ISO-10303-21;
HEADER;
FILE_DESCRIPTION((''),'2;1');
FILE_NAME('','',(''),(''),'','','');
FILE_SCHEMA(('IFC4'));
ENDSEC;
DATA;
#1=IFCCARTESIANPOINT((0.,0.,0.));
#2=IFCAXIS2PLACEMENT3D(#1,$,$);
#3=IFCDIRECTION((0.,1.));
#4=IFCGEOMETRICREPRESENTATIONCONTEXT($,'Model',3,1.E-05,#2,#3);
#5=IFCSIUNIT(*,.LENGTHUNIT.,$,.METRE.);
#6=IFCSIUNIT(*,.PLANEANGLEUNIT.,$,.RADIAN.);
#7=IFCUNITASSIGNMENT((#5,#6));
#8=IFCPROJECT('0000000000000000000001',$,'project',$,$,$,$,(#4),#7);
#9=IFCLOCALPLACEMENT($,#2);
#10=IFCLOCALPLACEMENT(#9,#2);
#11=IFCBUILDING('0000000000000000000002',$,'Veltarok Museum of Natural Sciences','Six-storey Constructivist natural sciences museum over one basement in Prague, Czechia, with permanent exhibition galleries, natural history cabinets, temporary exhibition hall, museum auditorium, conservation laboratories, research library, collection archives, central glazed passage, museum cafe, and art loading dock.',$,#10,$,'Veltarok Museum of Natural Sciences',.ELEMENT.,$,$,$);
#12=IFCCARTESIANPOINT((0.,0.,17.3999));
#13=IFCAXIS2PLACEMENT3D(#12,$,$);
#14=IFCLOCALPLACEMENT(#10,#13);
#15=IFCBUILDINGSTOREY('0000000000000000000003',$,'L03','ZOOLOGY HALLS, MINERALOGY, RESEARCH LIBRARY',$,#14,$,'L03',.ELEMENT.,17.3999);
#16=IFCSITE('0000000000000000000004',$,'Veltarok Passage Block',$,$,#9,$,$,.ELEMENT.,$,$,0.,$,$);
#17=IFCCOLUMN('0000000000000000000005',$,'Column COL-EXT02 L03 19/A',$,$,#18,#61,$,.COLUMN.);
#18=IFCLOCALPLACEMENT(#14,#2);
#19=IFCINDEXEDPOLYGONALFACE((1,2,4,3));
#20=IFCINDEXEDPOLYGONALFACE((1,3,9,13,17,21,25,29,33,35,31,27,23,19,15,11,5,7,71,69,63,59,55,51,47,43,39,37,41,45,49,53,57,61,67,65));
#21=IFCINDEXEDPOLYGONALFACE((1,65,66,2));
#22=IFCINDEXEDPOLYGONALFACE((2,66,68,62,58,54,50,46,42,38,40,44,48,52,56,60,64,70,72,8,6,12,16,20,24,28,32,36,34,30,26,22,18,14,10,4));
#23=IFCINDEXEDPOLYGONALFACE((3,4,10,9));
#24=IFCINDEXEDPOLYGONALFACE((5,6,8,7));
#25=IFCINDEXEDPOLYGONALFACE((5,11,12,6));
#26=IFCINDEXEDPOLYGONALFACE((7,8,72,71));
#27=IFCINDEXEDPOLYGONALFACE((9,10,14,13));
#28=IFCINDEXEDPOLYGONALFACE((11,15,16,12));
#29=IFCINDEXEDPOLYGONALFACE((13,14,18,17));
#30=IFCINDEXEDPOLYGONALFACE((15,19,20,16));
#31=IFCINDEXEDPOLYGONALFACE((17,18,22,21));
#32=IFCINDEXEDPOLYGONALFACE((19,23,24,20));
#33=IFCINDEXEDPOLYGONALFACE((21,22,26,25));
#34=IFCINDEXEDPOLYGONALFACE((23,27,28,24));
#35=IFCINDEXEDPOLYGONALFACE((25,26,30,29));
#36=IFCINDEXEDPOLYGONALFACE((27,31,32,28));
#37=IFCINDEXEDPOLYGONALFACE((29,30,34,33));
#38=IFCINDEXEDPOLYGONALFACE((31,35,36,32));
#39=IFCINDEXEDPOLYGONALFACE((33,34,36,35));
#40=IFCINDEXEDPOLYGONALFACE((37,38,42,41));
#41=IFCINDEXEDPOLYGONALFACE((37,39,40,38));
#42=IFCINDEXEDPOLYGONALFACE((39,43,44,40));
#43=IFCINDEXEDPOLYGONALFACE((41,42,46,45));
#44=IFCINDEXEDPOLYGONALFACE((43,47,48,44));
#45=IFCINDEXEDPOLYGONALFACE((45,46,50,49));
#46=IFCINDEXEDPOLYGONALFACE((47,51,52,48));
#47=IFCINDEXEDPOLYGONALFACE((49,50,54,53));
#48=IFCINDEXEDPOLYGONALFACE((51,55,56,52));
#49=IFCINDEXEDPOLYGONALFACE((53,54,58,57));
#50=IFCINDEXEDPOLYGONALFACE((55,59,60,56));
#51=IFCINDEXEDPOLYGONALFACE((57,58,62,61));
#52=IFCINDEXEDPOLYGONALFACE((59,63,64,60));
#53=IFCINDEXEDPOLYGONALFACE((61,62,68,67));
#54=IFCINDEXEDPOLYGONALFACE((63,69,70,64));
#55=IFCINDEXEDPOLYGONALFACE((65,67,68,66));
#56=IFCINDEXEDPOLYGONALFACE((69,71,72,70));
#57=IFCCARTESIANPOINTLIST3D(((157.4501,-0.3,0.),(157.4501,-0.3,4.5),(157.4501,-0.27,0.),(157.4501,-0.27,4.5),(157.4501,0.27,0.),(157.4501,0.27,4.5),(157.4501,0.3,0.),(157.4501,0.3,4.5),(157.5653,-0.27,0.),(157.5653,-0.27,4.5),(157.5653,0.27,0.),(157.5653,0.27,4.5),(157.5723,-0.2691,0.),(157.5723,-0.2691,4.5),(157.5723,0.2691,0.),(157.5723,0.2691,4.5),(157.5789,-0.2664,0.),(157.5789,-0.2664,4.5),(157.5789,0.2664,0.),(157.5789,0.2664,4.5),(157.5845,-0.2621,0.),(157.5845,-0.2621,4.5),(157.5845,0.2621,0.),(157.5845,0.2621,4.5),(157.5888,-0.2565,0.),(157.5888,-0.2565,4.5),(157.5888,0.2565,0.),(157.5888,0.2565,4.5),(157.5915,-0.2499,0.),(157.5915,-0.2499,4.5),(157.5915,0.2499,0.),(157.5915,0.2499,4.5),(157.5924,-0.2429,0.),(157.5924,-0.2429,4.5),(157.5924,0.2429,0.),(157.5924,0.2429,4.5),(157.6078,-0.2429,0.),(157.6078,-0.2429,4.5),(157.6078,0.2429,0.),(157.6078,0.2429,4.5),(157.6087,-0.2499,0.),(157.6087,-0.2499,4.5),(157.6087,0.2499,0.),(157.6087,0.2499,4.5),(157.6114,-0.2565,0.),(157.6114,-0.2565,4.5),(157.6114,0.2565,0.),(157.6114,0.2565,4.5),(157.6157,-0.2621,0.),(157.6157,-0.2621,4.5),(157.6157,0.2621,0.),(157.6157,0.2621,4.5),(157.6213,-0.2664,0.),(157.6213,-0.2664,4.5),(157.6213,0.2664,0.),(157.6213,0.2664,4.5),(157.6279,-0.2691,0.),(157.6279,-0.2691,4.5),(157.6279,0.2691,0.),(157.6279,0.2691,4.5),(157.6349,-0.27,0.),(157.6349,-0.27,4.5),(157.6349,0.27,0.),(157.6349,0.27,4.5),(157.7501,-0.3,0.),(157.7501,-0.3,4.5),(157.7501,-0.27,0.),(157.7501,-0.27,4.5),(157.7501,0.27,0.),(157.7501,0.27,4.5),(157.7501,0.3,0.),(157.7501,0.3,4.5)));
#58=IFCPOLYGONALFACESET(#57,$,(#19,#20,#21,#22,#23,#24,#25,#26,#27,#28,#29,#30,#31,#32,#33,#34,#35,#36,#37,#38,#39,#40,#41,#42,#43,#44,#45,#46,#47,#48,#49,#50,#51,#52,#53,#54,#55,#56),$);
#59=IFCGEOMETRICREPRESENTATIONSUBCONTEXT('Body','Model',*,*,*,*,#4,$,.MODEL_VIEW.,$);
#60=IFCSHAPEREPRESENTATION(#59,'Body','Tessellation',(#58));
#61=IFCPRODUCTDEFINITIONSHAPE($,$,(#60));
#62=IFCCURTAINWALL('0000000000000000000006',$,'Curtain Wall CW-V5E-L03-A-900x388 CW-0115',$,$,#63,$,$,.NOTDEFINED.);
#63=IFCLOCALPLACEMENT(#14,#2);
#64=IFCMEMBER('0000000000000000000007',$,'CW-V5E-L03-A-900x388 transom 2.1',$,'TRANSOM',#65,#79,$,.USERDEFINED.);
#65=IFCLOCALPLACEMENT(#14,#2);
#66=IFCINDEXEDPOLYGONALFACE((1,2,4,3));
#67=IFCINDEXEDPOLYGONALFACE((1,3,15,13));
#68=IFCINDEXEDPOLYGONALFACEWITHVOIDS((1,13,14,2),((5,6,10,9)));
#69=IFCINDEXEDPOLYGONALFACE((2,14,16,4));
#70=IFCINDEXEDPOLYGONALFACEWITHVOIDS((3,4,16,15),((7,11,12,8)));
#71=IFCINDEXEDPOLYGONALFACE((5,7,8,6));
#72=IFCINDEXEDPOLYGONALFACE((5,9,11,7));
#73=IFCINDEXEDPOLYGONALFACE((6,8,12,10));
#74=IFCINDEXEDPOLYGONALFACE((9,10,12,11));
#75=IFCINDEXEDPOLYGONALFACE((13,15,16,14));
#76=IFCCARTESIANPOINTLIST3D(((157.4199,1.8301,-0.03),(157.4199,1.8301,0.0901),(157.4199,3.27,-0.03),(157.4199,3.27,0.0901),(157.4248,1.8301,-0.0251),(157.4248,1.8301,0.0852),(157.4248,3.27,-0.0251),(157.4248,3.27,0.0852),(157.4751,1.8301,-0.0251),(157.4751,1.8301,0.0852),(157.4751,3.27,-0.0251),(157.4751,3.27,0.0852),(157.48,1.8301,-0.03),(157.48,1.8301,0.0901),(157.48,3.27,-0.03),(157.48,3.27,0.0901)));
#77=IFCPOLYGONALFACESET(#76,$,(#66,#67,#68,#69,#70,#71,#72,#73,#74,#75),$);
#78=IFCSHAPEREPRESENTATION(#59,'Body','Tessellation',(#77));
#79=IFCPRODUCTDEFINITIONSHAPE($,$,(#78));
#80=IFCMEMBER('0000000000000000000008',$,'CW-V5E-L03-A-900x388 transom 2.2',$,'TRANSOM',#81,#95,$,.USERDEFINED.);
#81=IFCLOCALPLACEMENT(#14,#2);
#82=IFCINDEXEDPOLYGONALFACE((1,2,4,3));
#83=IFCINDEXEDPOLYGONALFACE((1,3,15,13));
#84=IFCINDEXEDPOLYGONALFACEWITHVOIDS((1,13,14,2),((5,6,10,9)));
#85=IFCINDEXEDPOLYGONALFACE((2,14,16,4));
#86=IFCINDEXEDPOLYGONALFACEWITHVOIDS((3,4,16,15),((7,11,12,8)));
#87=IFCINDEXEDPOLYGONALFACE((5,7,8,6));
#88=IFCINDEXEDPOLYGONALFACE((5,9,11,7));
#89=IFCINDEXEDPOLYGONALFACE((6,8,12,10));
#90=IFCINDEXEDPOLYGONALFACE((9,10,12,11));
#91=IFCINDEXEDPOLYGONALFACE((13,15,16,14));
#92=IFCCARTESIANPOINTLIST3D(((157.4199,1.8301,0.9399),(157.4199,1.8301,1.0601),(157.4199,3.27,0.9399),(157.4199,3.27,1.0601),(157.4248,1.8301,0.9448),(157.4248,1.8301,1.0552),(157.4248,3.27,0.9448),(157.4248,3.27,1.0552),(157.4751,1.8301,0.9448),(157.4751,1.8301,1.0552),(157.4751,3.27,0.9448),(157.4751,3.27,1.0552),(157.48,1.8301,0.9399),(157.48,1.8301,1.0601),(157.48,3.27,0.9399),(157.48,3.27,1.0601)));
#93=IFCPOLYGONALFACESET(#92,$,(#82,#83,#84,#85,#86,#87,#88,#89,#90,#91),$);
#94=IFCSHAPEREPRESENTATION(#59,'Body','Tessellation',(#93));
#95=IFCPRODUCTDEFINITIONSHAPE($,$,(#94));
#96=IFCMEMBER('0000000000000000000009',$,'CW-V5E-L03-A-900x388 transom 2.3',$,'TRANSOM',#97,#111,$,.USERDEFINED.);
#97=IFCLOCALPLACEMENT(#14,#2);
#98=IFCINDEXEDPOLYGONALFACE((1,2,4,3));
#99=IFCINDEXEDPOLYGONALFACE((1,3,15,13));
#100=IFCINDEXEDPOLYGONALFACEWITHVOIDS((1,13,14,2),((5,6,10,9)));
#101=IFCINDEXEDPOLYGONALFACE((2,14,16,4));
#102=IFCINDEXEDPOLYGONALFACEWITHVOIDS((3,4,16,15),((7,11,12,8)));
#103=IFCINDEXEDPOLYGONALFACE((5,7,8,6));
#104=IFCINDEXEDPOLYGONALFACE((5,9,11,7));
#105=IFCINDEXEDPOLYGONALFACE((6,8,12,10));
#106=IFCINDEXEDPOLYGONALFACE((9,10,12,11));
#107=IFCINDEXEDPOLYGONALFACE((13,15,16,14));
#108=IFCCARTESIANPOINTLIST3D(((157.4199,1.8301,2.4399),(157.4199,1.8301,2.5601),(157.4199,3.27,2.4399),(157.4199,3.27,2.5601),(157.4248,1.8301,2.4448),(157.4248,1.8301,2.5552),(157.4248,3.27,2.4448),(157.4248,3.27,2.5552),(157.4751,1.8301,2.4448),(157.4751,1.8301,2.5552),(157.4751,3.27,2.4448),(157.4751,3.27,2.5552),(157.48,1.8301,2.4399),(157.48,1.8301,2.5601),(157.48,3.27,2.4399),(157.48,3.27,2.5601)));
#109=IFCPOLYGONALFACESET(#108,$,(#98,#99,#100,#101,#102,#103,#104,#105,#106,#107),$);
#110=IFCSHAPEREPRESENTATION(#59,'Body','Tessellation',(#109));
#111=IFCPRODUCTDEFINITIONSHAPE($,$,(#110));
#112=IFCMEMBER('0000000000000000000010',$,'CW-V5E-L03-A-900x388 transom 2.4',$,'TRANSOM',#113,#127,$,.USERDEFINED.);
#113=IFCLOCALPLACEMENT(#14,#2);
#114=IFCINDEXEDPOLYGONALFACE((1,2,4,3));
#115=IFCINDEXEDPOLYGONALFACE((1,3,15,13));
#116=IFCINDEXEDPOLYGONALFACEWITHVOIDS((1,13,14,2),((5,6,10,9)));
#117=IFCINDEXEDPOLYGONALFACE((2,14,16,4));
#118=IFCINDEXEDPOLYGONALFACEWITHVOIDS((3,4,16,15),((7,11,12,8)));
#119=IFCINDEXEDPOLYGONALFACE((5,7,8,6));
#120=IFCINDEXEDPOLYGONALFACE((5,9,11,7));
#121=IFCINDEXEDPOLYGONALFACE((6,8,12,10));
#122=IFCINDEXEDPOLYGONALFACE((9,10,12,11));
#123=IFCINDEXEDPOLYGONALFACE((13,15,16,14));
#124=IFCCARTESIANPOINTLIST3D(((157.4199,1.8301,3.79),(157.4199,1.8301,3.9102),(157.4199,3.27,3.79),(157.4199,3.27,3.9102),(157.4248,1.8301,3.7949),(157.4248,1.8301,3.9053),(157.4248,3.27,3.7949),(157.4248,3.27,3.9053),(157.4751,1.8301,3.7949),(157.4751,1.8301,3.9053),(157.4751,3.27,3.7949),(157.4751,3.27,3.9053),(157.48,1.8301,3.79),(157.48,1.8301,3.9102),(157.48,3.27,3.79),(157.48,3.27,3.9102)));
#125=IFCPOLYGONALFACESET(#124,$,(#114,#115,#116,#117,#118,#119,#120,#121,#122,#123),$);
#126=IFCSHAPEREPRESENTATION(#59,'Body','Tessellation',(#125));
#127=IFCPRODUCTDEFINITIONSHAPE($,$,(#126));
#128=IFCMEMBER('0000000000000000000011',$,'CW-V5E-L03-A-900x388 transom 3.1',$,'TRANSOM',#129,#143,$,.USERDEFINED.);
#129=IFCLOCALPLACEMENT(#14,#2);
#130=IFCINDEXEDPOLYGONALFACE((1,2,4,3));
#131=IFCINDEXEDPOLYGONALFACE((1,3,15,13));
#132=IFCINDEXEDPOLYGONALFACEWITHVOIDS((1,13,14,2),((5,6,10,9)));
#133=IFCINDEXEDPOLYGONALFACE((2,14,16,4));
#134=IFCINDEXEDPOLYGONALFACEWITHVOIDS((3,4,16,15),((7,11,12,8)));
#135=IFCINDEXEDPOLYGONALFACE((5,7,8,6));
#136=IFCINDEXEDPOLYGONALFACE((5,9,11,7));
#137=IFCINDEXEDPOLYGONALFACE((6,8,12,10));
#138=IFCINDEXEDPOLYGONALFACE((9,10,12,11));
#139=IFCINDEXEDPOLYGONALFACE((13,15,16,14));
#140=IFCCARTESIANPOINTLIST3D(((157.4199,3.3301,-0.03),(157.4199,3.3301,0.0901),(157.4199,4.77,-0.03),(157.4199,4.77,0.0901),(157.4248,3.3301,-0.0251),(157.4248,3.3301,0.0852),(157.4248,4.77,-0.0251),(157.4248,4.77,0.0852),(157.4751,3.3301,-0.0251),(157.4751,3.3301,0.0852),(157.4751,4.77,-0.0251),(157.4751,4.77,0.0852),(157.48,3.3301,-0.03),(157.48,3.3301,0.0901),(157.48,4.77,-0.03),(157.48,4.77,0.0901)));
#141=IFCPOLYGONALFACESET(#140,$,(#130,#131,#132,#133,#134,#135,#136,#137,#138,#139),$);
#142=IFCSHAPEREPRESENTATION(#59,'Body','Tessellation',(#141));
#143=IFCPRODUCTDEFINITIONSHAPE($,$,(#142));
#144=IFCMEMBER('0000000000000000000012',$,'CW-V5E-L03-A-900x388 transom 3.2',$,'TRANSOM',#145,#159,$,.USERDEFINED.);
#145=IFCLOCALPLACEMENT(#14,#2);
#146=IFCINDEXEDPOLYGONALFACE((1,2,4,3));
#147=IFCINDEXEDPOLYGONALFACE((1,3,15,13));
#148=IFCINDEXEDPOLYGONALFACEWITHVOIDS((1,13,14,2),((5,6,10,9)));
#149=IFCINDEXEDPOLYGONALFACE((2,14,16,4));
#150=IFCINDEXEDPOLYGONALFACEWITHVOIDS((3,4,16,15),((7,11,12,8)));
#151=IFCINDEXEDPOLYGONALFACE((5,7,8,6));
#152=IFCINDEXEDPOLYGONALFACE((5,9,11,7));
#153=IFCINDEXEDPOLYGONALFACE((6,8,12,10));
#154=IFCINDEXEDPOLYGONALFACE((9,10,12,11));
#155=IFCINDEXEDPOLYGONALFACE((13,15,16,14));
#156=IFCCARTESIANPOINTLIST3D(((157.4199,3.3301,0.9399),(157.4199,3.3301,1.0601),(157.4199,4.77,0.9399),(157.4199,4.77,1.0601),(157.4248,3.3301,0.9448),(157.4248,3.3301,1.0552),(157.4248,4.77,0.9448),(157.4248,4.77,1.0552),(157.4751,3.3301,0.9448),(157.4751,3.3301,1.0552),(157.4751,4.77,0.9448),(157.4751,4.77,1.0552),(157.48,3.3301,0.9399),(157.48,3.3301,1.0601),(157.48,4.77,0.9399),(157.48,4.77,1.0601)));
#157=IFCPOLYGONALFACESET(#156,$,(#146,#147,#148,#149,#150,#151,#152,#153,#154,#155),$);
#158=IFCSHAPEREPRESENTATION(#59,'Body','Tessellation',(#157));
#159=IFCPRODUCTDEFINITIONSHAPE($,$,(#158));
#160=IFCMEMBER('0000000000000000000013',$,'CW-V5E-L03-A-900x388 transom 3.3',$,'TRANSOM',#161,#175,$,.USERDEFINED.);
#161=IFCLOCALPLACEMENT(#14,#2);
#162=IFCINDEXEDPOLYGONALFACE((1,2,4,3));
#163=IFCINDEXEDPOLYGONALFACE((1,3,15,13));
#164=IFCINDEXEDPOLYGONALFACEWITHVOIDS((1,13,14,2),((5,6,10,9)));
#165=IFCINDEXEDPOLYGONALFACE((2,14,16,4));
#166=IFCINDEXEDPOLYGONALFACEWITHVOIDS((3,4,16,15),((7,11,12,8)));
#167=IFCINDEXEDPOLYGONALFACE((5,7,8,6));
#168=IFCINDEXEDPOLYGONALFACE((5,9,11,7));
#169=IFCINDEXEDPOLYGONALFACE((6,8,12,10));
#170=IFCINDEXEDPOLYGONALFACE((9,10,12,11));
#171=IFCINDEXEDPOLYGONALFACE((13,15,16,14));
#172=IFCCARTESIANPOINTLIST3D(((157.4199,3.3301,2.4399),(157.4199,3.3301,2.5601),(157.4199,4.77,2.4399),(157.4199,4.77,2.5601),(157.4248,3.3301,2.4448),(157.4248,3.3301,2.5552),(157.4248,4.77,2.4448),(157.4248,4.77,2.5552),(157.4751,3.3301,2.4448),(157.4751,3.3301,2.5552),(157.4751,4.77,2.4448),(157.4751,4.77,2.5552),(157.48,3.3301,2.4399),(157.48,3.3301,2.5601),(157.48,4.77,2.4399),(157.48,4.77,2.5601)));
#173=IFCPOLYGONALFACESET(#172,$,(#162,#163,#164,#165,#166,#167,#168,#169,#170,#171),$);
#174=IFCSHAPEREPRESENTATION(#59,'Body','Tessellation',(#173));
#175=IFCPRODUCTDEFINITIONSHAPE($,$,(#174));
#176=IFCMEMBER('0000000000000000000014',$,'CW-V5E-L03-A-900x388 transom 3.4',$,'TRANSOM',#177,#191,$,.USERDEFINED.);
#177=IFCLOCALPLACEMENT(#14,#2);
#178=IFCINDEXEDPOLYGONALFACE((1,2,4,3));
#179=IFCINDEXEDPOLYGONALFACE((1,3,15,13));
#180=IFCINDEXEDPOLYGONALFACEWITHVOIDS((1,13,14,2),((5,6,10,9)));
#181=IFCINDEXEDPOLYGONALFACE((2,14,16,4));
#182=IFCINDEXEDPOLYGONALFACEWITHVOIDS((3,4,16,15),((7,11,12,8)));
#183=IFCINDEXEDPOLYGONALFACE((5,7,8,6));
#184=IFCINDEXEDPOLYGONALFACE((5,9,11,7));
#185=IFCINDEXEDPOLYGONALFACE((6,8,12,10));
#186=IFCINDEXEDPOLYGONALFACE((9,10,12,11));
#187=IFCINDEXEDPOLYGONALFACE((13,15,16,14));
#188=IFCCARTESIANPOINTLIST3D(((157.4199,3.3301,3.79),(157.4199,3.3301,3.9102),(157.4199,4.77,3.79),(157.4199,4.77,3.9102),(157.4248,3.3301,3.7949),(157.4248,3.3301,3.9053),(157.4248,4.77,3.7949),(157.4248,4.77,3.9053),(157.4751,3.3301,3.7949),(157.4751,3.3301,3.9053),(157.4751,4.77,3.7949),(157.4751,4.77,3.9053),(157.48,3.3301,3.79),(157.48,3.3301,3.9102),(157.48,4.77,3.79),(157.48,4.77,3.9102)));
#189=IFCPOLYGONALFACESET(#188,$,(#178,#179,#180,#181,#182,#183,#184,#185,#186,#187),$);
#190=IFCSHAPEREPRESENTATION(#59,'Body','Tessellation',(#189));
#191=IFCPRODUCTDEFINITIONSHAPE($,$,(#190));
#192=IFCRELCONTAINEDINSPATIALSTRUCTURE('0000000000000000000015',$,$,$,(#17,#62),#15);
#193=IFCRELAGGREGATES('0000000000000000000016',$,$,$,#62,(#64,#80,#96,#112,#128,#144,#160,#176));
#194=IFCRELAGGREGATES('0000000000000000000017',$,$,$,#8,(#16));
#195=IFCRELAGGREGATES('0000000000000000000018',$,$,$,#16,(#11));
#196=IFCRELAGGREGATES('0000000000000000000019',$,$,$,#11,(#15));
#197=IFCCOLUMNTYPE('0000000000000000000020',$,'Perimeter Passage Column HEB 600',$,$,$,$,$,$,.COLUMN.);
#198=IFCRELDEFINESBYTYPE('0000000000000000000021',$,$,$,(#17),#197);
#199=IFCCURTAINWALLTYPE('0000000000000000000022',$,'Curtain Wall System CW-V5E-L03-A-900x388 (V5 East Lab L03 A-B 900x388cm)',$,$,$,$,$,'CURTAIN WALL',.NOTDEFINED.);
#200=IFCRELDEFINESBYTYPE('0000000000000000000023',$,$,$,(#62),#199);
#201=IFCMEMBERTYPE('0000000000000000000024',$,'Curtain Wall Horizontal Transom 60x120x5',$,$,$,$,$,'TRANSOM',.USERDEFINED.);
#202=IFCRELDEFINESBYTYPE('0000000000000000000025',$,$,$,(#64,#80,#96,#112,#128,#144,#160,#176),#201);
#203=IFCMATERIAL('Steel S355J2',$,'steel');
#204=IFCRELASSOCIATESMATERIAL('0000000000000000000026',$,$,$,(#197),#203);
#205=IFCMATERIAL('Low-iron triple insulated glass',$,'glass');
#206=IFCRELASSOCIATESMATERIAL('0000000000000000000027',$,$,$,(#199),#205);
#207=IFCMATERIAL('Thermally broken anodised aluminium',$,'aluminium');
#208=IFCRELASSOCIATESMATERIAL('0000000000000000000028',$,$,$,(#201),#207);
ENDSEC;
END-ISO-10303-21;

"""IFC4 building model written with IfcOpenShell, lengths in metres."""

from ifc_helpers import new_model, si_unit, direction, frame, origin, origin_2d, place, context, subcontext, project, spatial, hollow_rectangle, i_section, extrude, material, material_profile, profile_set, type_object, element, aggregate, save


model = new_model("IFC4")

# Units and contexts
model_context = context("Model", 3, precision=1e-05, world=origin(), true_north=direction((0.0, 1.0)))
body_context = subcontext(model_context, "Body", "Model", "MODEL_VIEW")
ifc_project = project(units=[si_unit("LENGTHUNIT", "METRE"), si_unit("PLANEANGLEUNIT", "RADIAN")], contexts=[model_context])

# Site, building, storey
site_placement = place(None, origin())
site = spatial("IfcSite", under=ifc_project, at=site_placement, Name="Veltarok Passage Block", CompositionType="ELEMENT", RefElevation=0.0)
building_placement = place(site_placement, origin())
building = spatial("IfcBuilding", under=site, at=building_placement, Name="Veltarok Museum of Natural Sciences", Description="Six-storey Constructivist natural sciences museum over one basement in Prague, Czechia, with permanent exhibition galleries, natural history cabinets, temporary exhibition hall, museum auditorium, conservation laboratories, research library, collection archives, central glazed passage, museum cafe, and art loading dock.", LongName="Veltarok Museum of Natural Sciences", CompositionType="ELEMENT")
storey_placement = place(building_placement, frame((0.0, 0.0, 17.3999)))
storey = spatial("IfcBuildingStorey", under=building, at=storey_placement, Name="L03", Description="ZOOLOGY HALLS, MINERALOGY, RESEARCH LIBRARY", LongName="L03", CompositionType="ELEMENT", Elevation=17.3999)

# Column
ifc_material_1 = material(Name="Steel S355J2", Category="steel")
ifc_material_profile_1 = material_profile(ifc_material_1, i_section(OverallWidth=0.3, OverallDepth=0.6001, WebThickness=0.0154, FlangeThickness=0.03, FilletRadius=0.0271, at=origin_2d()), Name="HEB 600")
ifc_profile_set_1 = profile_set([ifc_material_profile_1], Name="Steel S355J2")
column_type = type_object("IfcColumnType", Name="Perimeter Passage Column HEB 600", PredefinedType="COLUMN", material=ifc_profile_set_1)
column_placement = place(storey_placement, frame((157.6001, 0.0, 0.0), z_axis=(0.0, 0.0, 1.0), x_axis=(1.0, 0.0, 0.0)))
element("IfcColumn", 1, at=column_placement, inside=storey, type_object=column_type, Name="Column COL-EXT02 L03 19/A", PredefinedType="COLUMN", context=body_context, shape_type="SweptSolid", body=[
    extrude(i_section(OverallWidth=0.3, OverallDepth=0.6001, WebThickness=0.0154, FlangeThickness=0.03, FilletRadius=0.0271, at=origin_2d()), origin(), (0.0, 0.0, 1.0), 4.5),
])

# Curtain wall, members
ifc_material_2 = material(Name="Low-iron triple insulated glass", Category="glass")
curtain_wall_type = type_object("IfcCurtainWallType", Name="Curtain Wall System CW-V5E-L03-A-900x388 (V5 East Lab L03 A-B 900x388cm)", ElementType="CURTAIN WALL", PredefinedType="NOTDEFINED", material=ifc_material_2)
curtain_wall_placement = place(storey_placement, origin())
curtain_wall = element("IfcCurtainWall", 2, at=curtain_wall_placement, inside=storey, type_object=curtain_wall_type, Name="Curtain Wall CW-V5E-L03-A-900x388 CW-0115", PredefinedType="NOTDEFINED")
ifc_material_3 = material(Name="Thermally broken anodised aluminium", Category="aluminium")
ifc_material_profile_2 = material_profile(ifc_material_3, hollow_rectangle(XDim=0.0601, YDim=0.1201, WallThickness=0.0049, at=origin_2d()), Name="CW TRANSOM 60x120x5")
ifc_profile_set_2 = profile_set([ifc_material_profile_2], Name="Thermally broken anodised aluminium")
member_type_1 = type_object("IfcMemberType", Name="Curtain Wall Horizontal Transom 60x120x5", ElementType="TRANSOM", PredefinedType="USERDEFINED", material=ifc_profile_set_2)
member_1_placement = place(storey_placement, frame((157.45, 1.8301, 0.03), z_axis=(0.0, 1.0, 0.0), x_axis=(-1.0, 0.0, 0.0)))
member_1 = element("IfcMember", 3, at=member_1_placement, type_object=member_type_1, Name="CW-V5E-L03-A-900x388 transom 2.1", ObjectType="TRANSOM", PredefinedType="USERDEFINED", context=body_context, shape_type="SweptSolid", body=[
    extrude(hollow_rectangle(XDim=0.0601, YDim=0.1201, WallThickness=0.0049, at=origin_2d()), origin(), (0.0, 0.0, 1.0), 1.4399),
])
member_2_placement = place(storey_placement, frame((157.45, 1.8301, 1.0), z_axis=(0.0, 1.0, 0.0), x_axis=(-1.0, 0.0, 0.0)))
member_2 = element("IfcMember", 4, at=member_2_placement, type_object=member_type_1, Name="CW-V5E-L03-A-900x388 transom 2.2", ObjectType="TRANSOM", PredefinedType="USERDEFINED", context=body_context, shape_type="SweptSolid", body=[
    extrude(hollow_rectangle(XDim=0.0601, YDim=0.1201, WallThickness=0.0049, at=origin_2d()), origin(), (0.0, 0.0, 1.0), 1.4399),
])
member_3_placement = place(storey_placement, frame((157.45, 1.8301, 2.5), z_axis=(0.0, 1.0, 0.0), x_axis=(-1.0, 0.0, 0.0)))
member_3 = element("IfcMember", 5, at=member_3_placement, type_object=member_type_1, Name="CW-V5E-L03-A-900x388 transom 2.3", ObjectType="TRANSOM", PredefinedType="USERDEFINED", context=body_context, shape_type="SweptSolid", body=[
    extrude(hollow_rectangle(XDim=0.0601, YDim=0.1201, WallThickness=0.0049, at=origin_2d()), origin(), (0.0, 0.0, 1.0), 1.4399),
])
member_4_placement = place(storey_placement, frame((157.45, 1.8301, 3.8501), z_axis=(0.0, 1.0, 0.0), x_axis=(-1.0, 0.0, 0.0)))
member_4 = element("IfcMember", 6, at=member_4_placement, type_object=member_type_1, Name="CW-V5E-L03-A-900x388 transom 2.4", ObjectType="TRANSOM", PredefinedType="USERDEFINED", context=body_context, shape_type="SweptSolid", body=[
    extrude(hollow_rectangle(XDim=0.0601, YDim=0.1201, WallThickness=0.0049, at=origin_2d()), origin(), (0.0, 0.0, 1.0), 1.4399),
])
member_5_placement = place(storey_placement, frame((157.45, 3.3301, 0.03), z_axis=(0.0, 1.0, 0.0), x_axis=(-1.0, 0.0, 0.0)))
member_5 = element("IfcMember", 7, at=member_5_placement, type_object=member_type_1, Name="CW-V5E-L03-A-900x388 transom 3.1", ObjectType="TRANSOM", PredefinedType="USERDEFINED", context=body_context, shape_type="SweptSolid", body=[
    extrude(hollow_rectangle(XDim=0.0601, YDim=0.1201, WallThickness=0.0049, at=origin_2d()), origin(), (0.0, 0.0, 1.0), 1.4399),
])
member_6_placement = place(storey_placement, frame((157.45, 3.3301, 1.0), z_axis=(0.0, 1.0, 0.0), x_axis=(-1.0, 0.0, 0.0)))
member_6 = element("IfcMember", 8, at=member_6_placement, type_object=member_type_1, Name="CW-V5E-L03-A-900x388 transom 3.2", ObjectType="TRANSOM", PredefinedType="USERDEFINED", context=body_context, shape_type="SweptSolid", body=[
    extrude(hollow_rectangle(XDim=0.0601, YDim=0.1201, WallThickness=0.0049, at=origin_2d()), origin(), (0.0, 0.0, 1.0), 1.4399),
])
member_7_placement = place(storey_placement, frame((157.45, 3.3301, 2.5), z_axis=(0.0, 1.0, 0.0), x_axis=(-1.0, 0.0, 0.0)))
member_7 = element("IfcMember", 9, at=member_7_placement, type_object=member_type_1, Name="CW-V5E-L03-A-900x388 transom 3.3", ObjectType="TRANSOM", PredefinedType="USERDEFINED", context=body_context, shape_type="SweptSolid", body=[
    extrude(hollow_rectangle(XDim=0.0601, YDim=0.1201, WallThickness=0.0049, at=origin_2d()), origin(), (0.0, 0.0, 1.0), 1.4399),
])
member_8_placement = place(storey_placement, frame((157.45, 3.3301, 3.8501), z_axis=(0.0, 1.0, 0.0), x_axis=(-1.0, 0.0, 0.0)))
member_8 = element("IfcMember", 10, at=member_8_placement, type_object=member_type_1, Name="CW-V5E-L03-A-900x388 transom 3.4", ObjectType="TRANSOM", PredefinedType="USERDEFINED", context=body_context, shape_type="SweptSolid", body=[
    extrude(hollow_rectangle(XDim=0.0601, YDim=0.1201, WallThickness=0.0049, at=origin_2d()), origin(), (0.0, 0.0, 1.0), 1.4399),
])

aggregate(curtain_wall, [member_1, member_2, member_3, member_4, member_5, member_6, member_7, member_8])

save(model, "model.ifc")
